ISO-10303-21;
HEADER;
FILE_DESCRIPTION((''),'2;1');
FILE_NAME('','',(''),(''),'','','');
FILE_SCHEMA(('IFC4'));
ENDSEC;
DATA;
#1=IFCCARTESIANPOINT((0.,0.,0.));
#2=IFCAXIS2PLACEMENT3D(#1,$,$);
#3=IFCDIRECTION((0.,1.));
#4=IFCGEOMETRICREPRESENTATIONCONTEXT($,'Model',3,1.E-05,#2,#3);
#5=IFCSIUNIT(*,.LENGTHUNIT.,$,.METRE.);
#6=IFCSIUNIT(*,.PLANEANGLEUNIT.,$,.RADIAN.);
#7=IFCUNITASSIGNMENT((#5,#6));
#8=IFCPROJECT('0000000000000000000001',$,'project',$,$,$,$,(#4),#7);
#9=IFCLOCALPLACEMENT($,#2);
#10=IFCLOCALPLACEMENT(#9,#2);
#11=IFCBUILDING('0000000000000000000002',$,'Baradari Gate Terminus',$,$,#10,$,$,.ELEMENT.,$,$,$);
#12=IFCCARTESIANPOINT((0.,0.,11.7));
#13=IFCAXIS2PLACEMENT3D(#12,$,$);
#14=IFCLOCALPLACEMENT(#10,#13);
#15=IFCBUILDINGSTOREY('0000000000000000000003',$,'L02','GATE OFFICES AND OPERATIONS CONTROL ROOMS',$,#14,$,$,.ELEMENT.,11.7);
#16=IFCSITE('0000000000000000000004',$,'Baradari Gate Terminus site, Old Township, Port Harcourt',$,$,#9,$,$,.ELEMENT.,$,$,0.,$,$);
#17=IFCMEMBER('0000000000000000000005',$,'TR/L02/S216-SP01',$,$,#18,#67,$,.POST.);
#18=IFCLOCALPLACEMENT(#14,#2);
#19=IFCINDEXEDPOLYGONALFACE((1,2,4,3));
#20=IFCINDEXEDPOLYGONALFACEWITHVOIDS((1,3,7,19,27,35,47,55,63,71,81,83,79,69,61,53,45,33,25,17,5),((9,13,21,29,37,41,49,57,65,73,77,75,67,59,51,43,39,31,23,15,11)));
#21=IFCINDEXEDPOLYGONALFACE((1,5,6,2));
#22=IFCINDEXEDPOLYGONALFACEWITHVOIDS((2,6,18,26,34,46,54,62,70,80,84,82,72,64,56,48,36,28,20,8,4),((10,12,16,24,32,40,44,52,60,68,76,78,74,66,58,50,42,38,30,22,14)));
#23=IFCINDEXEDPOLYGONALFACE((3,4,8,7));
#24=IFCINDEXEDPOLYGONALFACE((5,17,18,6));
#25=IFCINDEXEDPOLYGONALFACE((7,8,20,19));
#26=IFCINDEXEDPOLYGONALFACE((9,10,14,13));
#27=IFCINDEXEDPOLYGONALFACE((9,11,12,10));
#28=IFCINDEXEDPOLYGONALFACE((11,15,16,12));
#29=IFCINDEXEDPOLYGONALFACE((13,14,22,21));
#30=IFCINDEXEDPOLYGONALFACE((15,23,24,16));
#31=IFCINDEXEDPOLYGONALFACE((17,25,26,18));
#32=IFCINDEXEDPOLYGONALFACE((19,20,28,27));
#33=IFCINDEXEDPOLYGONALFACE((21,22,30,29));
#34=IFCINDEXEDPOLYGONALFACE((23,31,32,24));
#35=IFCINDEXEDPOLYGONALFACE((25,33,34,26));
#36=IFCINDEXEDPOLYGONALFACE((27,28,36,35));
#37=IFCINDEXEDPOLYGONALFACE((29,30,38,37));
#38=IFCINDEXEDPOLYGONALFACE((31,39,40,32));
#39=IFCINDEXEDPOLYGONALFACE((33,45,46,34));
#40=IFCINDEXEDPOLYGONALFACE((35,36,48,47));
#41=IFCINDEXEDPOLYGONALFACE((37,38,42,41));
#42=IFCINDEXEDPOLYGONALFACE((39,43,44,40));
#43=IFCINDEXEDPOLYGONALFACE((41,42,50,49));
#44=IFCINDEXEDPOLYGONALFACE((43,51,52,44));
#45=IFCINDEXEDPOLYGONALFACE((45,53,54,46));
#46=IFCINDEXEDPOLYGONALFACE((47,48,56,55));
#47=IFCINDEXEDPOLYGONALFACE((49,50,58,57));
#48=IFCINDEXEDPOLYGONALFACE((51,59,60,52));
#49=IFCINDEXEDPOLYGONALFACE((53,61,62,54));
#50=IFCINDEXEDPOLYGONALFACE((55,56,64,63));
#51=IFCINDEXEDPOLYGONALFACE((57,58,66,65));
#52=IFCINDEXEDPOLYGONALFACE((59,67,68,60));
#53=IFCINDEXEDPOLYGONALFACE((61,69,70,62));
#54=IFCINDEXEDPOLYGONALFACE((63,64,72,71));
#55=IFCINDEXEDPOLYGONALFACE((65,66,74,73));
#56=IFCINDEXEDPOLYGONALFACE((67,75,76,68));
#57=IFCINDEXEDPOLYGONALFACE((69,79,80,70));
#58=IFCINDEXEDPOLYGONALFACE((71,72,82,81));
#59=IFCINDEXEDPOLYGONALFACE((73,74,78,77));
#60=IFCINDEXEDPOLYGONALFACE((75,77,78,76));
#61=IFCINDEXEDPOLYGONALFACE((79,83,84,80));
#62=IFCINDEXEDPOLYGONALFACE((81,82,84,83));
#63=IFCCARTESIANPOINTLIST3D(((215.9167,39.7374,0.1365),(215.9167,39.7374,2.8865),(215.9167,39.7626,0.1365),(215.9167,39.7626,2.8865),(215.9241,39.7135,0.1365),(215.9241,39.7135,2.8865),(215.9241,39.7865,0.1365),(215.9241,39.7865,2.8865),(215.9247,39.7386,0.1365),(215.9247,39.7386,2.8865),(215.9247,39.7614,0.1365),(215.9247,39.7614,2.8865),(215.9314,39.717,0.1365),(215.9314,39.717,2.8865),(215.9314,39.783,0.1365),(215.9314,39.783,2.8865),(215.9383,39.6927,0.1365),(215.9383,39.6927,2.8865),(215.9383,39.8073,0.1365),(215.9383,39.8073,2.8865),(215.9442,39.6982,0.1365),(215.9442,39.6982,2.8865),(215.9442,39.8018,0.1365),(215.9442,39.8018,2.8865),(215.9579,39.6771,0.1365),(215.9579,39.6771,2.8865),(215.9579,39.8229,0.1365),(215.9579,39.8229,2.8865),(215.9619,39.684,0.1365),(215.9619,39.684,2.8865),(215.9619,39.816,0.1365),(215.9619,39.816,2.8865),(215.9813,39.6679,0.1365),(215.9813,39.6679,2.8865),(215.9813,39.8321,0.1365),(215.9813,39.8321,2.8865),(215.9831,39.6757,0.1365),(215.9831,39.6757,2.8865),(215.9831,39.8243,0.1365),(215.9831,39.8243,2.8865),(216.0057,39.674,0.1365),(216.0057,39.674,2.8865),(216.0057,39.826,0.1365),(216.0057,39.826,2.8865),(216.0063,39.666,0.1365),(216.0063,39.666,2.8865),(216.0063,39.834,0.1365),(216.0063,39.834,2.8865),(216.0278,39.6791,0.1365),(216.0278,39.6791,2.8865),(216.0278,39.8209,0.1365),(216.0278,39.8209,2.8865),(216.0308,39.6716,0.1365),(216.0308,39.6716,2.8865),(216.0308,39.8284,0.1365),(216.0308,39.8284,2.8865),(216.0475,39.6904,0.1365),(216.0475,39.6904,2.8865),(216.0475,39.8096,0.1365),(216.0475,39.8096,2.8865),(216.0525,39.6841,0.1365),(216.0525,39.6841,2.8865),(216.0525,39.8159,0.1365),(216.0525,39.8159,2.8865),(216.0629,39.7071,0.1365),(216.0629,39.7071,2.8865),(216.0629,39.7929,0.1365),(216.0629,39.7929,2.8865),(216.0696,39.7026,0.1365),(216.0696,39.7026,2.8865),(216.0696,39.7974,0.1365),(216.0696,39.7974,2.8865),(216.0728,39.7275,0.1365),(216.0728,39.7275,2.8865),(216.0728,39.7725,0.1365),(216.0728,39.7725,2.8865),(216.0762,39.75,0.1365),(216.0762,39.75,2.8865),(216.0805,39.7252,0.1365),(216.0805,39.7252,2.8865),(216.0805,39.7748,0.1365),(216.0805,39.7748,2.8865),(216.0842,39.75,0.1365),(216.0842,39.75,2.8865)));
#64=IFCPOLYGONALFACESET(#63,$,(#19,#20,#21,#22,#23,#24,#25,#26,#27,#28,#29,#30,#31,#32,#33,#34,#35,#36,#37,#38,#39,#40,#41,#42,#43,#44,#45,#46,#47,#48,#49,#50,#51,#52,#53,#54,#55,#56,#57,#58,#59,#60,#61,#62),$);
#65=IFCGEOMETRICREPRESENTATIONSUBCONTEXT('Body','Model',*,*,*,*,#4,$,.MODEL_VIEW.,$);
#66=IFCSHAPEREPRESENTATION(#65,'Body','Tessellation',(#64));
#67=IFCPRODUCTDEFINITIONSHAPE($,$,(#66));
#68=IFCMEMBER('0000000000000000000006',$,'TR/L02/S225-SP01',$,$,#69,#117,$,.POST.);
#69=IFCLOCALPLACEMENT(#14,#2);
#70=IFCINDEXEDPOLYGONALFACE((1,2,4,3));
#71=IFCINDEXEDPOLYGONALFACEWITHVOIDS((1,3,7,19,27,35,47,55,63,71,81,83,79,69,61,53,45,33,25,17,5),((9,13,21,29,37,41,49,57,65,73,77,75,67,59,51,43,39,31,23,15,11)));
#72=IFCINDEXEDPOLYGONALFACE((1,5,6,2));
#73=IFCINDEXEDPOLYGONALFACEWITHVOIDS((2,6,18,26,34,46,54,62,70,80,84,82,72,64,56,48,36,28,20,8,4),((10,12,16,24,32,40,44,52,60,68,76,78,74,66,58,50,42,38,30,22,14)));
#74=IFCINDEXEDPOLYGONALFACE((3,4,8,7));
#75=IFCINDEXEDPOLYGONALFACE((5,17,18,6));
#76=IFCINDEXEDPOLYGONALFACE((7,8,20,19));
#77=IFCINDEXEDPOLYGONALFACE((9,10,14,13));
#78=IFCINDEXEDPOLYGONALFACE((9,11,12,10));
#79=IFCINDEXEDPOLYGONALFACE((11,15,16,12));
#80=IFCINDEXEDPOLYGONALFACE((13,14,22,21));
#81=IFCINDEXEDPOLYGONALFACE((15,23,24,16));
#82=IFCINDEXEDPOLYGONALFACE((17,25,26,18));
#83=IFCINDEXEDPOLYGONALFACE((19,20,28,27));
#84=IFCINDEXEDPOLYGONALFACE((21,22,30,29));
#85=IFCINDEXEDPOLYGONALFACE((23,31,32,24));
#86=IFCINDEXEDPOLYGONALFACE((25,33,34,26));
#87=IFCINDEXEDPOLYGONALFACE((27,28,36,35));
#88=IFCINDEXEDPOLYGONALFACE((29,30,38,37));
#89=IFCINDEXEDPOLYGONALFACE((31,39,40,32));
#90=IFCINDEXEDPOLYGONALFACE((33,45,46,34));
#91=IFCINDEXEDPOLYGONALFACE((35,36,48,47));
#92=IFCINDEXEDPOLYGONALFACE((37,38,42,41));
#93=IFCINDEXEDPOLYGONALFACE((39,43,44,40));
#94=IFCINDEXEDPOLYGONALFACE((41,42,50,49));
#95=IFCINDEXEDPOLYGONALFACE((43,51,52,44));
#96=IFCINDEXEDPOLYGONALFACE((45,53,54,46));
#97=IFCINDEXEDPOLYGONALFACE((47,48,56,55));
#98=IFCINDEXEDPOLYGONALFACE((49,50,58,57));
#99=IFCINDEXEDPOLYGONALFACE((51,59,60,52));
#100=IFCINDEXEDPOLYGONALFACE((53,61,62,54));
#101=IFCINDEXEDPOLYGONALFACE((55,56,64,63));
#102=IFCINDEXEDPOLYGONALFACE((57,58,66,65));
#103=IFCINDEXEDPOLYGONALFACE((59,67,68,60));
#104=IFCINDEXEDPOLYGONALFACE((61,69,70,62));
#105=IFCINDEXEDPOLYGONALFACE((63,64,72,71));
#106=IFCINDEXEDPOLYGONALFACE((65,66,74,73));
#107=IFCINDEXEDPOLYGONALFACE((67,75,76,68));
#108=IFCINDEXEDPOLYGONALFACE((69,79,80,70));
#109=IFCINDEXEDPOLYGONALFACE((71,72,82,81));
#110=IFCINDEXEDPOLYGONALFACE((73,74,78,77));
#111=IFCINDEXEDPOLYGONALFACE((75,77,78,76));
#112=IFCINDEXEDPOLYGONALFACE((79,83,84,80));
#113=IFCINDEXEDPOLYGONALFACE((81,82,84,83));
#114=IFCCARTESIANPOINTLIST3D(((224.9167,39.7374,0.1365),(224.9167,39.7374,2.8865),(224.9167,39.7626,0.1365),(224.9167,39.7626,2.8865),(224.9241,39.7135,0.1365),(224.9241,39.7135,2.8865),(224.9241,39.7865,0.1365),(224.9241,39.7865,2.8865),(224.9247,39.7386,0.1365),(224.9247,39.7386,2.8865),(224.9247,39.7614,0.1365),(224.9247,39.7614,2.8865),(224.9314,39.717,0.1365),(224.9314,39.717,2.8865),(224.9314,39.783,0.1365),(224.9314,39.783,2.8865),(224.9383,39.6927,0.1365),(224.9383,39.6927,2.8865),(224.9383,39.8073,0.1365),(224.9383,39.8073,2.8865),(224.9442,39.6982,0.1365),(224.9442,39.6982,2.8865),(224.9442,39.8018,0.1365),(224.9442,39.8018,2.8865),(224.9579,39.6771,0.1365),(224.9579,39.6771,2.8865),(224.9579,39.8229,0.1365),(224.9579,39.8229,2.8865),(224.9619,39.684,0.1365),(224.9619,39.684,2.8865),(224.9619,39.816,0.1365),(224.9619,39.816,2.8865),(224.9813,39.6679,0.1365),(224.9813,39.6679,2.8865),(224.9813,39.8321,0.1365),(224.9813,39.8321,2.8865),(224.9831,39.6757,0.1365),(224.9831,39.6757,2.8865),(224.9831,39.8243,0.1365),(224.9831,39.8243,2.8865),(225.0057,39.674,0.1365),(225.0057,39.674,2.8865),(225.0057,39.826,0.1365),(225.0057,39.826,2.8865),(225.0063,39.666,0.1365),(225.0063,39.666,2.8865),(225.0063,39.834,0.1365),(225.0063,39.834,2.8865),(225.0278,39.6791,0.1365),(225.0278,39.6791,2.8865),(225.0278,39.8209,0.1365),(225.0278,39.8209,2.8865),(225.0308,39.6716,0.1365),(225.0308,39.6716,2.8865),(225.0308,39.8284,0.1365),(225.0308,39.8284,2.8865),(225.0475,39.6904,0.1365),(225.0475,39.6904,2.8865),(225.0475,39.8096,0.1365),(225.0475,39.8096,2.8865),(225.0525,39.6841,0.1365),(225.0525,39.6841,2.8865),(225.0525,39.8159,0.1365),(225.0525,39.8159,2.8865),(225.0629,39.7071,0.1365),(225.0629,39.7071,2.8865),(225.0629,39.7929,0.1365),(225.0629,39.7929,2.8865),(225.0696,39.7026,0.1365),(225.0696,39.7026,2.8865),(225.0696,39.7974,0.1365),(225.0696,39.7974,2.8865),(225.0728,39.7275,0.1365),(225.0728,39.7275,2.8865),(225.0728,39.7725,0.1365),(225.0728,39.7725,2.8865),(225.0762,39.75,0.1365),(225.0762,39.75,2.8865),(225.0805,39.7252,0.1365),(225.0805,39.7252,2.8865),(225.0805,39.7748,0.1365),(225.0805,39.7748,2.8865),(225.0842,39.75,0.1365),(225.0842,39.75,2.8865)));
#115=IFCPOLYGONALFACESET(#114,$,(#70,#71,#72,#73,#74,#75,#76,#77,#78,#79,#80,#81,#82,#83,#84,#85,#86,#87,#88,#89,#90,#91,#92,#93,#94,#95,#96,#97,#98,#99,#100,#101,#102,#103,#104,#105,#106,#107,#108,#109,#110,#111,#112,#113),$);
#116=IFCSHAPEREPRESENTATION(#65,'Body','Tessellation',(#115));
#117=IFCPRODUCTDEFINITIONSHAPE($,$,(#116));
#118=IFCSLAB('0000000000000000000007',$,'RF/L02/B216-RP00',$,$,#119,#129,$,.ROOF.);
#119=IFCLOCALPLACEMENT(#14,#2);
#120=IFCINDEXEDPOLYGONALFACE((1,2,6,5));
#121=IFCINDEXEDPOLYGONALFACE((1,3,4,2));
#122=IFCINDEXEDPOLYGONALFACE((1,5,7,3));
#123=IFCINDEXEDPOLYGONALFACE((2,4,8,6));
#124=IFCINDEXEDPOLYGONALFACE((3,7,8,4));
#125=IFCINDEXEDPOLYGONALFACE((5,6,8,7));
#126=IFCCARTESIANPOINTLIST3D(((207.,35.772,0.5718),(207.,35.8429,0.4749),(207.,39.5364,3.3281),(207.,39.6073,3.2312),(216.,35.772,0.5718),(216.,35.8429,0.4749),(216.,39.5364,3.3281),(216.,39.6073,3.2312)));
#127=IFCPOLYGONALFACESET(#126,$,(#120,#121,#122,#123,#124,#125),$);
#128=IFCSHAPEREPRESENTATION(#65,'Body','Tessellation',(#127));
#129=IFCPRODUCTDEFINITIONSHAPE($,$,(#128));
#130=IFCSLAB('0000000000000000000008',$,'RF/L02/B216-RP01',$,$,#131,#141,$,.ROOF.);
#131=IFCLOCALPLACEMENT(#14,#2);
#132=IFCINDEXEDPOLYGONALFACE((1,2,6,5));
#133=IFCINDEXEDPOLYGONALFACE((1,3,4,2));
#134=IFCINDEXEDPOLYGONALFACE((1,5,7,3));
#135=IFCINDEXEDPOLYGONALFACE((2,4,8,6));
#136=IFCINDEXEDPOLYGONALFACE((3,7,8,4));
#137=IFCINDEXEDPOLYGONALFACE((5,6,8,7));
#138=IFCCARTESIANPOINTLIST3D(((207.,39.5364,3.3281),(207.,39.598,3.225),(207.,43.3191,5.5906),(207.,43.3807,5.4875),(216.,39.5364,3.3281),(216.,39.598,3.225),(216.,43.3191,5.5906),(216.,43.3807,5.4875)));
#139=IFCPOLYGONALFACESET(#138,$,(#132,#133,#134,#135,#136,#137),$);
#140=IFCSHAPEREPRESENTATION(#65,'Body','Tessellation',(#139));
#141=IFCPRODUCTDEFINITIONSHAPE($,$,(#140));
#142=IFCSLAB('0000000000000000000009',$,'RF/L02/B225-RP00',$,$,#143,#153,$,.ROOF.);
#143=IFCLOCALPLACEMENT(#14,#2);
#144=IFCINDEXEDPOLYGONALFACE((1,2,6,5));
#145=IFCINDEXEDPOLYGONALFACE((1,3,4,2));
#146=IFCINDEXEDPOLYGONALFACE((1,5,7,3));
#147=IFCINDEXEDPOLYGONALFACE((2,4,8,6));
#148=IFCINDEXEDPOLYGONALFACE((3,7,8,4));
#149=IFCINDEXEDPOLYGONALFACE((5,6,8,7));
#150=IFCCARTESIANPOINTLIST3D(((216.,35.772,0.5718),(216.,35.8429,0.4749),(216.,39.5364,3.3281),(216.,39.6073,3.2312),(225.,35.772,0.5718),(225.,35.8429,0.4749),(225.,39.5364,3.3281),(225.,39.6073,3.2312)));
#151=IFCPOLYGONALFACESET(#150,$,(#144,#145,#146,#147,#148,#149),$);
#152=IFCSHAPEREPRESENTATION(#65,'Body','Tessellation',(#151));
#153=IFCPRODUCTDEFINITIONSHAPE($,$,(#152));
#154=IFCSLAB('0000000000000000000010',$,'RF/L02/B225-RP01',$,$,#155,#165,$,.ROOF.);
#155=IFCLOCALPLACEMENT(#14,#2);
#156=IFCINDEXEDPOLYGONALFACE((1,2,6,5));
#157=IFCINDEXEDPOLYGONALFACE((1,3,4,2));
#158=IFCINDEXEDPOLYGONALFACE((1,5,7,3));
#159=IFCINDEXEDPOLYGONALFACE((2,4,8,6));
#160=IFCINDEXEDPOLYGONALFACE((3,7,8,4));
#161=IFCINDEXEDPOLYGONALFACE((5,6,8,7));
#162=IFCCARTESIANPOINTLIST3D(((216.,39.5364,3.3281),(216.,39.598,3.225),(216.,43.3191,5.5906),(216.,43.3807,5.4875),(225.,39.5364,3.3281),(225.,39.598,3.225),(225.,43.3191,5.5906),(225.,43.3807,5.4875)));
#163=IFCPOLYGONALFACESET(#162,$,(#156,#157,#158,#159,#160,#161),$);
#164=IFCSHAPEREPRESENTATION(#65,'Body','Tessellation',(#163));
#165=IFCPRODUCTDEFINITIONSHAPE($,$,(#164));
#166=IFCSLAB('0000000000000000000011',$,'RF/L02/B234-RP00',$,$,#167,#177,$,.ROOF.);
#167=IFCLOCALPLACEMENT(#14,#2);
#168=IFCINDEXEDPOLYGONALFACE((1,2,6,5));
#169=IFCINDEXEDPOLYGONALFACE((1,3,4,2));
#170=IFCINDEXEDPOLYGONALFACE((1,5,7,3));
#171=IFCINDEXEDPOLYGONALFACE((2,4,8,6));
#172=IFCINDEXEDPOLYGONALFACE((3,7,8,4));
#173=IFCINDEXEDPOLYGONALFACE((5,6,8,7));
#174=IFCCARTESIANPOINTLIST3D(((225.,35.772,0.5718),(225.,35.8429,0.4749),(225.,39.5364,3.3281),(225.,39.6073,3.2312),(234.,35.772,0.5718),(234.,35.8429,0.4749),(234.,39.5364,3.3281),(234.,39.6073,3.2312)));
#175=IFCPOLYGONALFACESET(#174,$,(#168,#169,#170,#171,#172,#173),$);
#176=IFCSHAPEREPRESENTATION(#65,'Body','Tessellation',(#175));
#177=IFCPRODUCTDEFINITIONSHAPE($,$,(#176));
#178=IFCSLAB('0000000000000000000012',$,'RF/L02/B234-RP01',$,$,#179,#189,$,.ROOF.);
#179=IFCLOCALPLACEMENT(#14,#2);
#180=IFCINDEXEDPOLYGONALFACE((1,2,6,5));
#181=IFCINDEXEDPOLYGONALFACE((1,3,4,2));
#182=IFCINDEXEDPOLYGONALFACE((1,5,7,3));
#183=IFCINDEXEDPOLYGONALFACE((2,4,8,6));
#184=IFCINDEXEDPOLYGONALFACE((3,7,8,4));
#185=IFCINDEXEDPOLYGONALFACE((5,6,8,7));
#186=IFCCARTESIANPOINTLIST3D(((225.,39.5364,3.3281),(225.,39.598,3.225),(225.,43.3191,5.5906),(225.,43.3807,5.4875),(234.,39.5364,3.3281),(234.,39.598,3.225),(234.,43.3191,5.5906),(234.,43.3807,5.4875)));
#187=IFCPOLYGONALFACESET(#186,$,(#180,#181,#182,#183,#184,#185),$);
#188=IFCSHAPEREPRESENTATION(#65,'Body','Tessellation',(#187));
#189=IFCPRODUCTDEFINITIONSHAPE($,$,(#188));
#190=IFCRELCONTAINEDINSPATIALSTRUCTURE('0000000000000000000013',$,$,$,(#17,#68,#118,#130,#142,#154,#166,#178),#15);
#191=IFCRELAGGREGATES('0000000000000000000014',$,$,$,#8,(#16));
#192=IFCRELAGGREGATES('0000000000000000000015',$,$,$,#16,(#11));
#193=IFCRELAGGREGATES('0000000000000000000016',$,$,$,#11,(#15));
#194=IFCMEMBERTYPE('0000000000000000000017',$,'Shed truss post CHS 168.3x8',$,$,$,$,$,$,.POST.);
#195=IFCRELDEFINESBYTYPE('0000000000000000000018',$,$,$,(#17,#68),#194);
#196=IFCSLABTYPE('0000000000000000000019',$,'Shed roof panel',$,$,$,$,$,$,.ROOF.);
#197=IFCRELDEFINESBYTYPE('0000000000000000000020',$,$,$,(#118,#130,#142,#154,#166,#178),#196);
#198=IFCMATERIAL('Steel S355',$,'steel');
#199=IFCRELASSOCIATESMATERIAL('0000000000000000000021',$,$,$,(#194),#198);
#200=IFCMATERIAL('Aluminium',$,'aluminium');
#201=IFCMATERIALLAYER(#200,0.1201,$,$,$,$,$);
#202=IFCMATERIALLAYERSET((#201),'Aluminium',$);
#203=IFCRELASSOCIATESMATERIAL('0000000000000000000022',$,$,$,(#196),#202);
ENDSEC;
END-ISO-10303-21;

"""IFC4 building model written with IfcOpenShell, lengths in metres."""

from ifc_helpers import new_model, si_unit, direction, frame, origin, origin_2d, place, context, subcontext, project, spatial, polyline, hollow_circle, outline, extrude, material, layer, layer_set, material_profile, profile_set, type_object, element, save


model = new_model("IFC4")

# Units and contexts
model_context = context("Model", 3, precision=1e-05, world=origin(), true_north=direction((0.0, 1.0)))
body_context = subcontext(model_context, "Body", "Model", "MODEL_VIEW")
ifc_project = project(units=[si_unit("LENGTHUNIT", "METRE"), si_unit("PLANEANGLEUNIT", "RADIAN")], contexts=[model_context])

# Site, building, storey
site_placement = place(None, origin())
site = spatial("IfcSite", under=ifc_project, at=site_placement, Name="Baradari Gate Terminus site, Old Township, Port Harcourt", CompositionType="ELEMENT", RefElevation=0.0)
building_placement = place(site_placement, origin())
building = spatial("IfcBuilding", under=site, at=building_placement, Name="Baradari Gate Terminus", CompositionType="ELEMENT")
storey_placement = place(building_placement, frame((0.0, 0.0, 11.7)))
storey = spatial("IfcBuildingStorey", under=building, at=storey_placement, Name="L02", Description="GATE OFFICES AND OPERATIONS CONTROL ROOMS", CompositionType="ELEMENT", Elevation=11.7)

# Members
ifc_material_1 = material(Name="Steel S355", Category="steel")
ifc_material_profile_1 = material_profile(ifc_material_1, hollow_circle(Radius=0.0842, WallThickness=0.0081, at=origin_2d()), Name="CHS 168.3x8")
ifc_profile_set_1 = profile_set([ifc_material_profile_1], Name="Steel S355")
member_type_1 = type_object("IfcMemberType", Name="Shed truss post CHS 168.3x8", PredefinedType="POST", material=ifc_profile_set_1)
for number, where, z_axis, x_axis, name in (
    (1, (216.0, 39.75, 0.1365), (0.0, 0.0, 1.0), (1.0, 0.0, 0.0), "TR/L02/S216-SP01"),
    (2, (225.0, 39.75, 0.1365), (0.0, 0.0, 1.0), (1.0, 0.0, 0.0), "TR/L02/S225-SP01"),
):
    element("IfcMember", number, at=place(storey_placement, frame(where, z_axis=z_axis, x_axis=x_axis)), inside=storey, type_object=member_type_1, Name=name, PredefinedType="POST", context=body_context, shape_type="SweptSolid", body=[
        extrude(hollow_circle(Radius=0.0842, WallThickness=0.0081, at=origin_2d()), origin(), (0.0, 0.0, 1.0), 2.75),
    ])

# Slabs
ifc_material_2 = material(Name="Aluminium", Category="aluminium")
ifc_layer_1 = layer(ifc_material_2, 0.1201)
ifc_layer_set_1 = layer_set([ifc_layer_1], Name="Aluminium")
slab_type = type_object("IfcSlabType", Name="Shed roof panel", PredefinedType="ROOF", material=ifc_layer_set_1)
slab_1_placement = place(storey_placement, frame((207.0, 35.772, 0.5718), z_axis=(0.0, -0.590776, 0.806836), x_axis=(1.0, 0.0, 0.0)))
element("IfcSlab", 3, at=slab_1_placement, inside=storey, type_object=slab_type, Name="RF/L02/B216-RP00", PredefinedType="ROOF", context=body_context, shape_type="SweptSolid", body=[
    extrude(outline(polyline([(0.0, 0.0), (9.0, 0.0), (9.0, 4.6656), (0.0, 4.6656), (0.0, 0.0)])), origin(), (0.0, 0.0, -1.0), 0.1201),
])
slab_2_placement = place(storey_placement, frame((207.0, 39.5364, 3.3281), z_axis=(0.0, -0.513298, 0.858211), x_axis=(1.0, 0.0, 0.0)))
element("IfcSlab", 4, at=slab_2_placement, inside=storey, type_object=slab_type, Name="RF/L02/B216-RP01", PredefinedType="ROOF", context=body_context, shape_type="SweptSolid", body=[
    extrude(outline(polyline([(0.0, 0.0), (9.0, 0.0), (9.0, 4.4077), (0.0, 4.4077), (0.0, 0.0)])), origin(), (0.0, 0.0, -1.0), 0.1201),
])
slab_3_placement = place(storey_placement, frame((216.0, 35.772, 0.5718), z_axis=(0.0, -0.590776, 0.806836), x_axis=(1.0, 0.0, 0.0)))
element("IfcSlab", 5, at=slab_3_placement, inside=storey, type_object=slab_type, Name="RF/L02/B225-RP00", PredefinedType="ROOF", context=body_context, shape_type="SweptSolid", body=[
    extrude(outline(polyline([(0.0, 0.0), (9.0, 0.0), (9.0, 4.6656), (0.0, 4.6656), (0.0, 0.0)])), origin(), (0.0, 0.0, -1.0), 0.1201),
])
slab_4_placement = place(storey_placement, frame((216.0, 39.5364, 3.3281), z_axis=(0.0, -0.513298, 0.858211), x_axis=(1.0, 0.0, 0.0)))
element("IfcSlab", 6, at=slab_4_placement, inside=storey, type_object=slab_type, Name="RF/L02/B225-RP01", PredefinedType="ROOF", context=body_context, shape_type="SweptSolid", body=[
    extrude(outline(polyline([(0.0, 0.0), (9.0, 0.0), (9.0, 4.4077), (0.0, 4.4077), (0.0, 0.0)])), origin(), (0.0, 0.0, -1.0), 0.1201),
])
slab_5_placement = place(storey_placement, frame((225.0, 35.772, 0.5718), z_axis=(0.0, -0.590776, 0.806836), x_axis=(1.0, 0.0, 0.0)))
element("IfcSlab", 7, at=slab_5_placement, inside=storey, type_object=slab_type, Name="RF/L02/B234-RP00", PredefinedType="ROOF", context=body_context, shape_type="SweptSolid", body=[
    extrude(outline(polyline([(0.0, 0.0), (9.0, 0.0), (9.0, 4.6656), (0.0, 4.6656), (0.0, 0.0)])), origin(), (0.0, 0.0, -1.0), 0.1201),
])
slab_6_placement = place(storey_placement, frame((225.0, 39.5364, 3.3281), z_axis=(0.0, -0.513298, 0.858211), x_axis=(1.0, 0.0, 0.0)))
element("IfcSlab", 8, at=slab_6_placement, inside=storey, type_object=slab_type, Name="RF/L02/B234-RP01", PredefinedType="ROOF", context=body_context, shape_type="SweptSolid", body=[
    extrude(outline(polyline([(0.0, 0.0), (9.0, 0.0), (9.0, 4.4077), (0.0, 4.4077), (0.0, 0.0)])), origin(), (0.0, 0.0, -1.0), 0.1201),
])

save(model, "model.ifc")
